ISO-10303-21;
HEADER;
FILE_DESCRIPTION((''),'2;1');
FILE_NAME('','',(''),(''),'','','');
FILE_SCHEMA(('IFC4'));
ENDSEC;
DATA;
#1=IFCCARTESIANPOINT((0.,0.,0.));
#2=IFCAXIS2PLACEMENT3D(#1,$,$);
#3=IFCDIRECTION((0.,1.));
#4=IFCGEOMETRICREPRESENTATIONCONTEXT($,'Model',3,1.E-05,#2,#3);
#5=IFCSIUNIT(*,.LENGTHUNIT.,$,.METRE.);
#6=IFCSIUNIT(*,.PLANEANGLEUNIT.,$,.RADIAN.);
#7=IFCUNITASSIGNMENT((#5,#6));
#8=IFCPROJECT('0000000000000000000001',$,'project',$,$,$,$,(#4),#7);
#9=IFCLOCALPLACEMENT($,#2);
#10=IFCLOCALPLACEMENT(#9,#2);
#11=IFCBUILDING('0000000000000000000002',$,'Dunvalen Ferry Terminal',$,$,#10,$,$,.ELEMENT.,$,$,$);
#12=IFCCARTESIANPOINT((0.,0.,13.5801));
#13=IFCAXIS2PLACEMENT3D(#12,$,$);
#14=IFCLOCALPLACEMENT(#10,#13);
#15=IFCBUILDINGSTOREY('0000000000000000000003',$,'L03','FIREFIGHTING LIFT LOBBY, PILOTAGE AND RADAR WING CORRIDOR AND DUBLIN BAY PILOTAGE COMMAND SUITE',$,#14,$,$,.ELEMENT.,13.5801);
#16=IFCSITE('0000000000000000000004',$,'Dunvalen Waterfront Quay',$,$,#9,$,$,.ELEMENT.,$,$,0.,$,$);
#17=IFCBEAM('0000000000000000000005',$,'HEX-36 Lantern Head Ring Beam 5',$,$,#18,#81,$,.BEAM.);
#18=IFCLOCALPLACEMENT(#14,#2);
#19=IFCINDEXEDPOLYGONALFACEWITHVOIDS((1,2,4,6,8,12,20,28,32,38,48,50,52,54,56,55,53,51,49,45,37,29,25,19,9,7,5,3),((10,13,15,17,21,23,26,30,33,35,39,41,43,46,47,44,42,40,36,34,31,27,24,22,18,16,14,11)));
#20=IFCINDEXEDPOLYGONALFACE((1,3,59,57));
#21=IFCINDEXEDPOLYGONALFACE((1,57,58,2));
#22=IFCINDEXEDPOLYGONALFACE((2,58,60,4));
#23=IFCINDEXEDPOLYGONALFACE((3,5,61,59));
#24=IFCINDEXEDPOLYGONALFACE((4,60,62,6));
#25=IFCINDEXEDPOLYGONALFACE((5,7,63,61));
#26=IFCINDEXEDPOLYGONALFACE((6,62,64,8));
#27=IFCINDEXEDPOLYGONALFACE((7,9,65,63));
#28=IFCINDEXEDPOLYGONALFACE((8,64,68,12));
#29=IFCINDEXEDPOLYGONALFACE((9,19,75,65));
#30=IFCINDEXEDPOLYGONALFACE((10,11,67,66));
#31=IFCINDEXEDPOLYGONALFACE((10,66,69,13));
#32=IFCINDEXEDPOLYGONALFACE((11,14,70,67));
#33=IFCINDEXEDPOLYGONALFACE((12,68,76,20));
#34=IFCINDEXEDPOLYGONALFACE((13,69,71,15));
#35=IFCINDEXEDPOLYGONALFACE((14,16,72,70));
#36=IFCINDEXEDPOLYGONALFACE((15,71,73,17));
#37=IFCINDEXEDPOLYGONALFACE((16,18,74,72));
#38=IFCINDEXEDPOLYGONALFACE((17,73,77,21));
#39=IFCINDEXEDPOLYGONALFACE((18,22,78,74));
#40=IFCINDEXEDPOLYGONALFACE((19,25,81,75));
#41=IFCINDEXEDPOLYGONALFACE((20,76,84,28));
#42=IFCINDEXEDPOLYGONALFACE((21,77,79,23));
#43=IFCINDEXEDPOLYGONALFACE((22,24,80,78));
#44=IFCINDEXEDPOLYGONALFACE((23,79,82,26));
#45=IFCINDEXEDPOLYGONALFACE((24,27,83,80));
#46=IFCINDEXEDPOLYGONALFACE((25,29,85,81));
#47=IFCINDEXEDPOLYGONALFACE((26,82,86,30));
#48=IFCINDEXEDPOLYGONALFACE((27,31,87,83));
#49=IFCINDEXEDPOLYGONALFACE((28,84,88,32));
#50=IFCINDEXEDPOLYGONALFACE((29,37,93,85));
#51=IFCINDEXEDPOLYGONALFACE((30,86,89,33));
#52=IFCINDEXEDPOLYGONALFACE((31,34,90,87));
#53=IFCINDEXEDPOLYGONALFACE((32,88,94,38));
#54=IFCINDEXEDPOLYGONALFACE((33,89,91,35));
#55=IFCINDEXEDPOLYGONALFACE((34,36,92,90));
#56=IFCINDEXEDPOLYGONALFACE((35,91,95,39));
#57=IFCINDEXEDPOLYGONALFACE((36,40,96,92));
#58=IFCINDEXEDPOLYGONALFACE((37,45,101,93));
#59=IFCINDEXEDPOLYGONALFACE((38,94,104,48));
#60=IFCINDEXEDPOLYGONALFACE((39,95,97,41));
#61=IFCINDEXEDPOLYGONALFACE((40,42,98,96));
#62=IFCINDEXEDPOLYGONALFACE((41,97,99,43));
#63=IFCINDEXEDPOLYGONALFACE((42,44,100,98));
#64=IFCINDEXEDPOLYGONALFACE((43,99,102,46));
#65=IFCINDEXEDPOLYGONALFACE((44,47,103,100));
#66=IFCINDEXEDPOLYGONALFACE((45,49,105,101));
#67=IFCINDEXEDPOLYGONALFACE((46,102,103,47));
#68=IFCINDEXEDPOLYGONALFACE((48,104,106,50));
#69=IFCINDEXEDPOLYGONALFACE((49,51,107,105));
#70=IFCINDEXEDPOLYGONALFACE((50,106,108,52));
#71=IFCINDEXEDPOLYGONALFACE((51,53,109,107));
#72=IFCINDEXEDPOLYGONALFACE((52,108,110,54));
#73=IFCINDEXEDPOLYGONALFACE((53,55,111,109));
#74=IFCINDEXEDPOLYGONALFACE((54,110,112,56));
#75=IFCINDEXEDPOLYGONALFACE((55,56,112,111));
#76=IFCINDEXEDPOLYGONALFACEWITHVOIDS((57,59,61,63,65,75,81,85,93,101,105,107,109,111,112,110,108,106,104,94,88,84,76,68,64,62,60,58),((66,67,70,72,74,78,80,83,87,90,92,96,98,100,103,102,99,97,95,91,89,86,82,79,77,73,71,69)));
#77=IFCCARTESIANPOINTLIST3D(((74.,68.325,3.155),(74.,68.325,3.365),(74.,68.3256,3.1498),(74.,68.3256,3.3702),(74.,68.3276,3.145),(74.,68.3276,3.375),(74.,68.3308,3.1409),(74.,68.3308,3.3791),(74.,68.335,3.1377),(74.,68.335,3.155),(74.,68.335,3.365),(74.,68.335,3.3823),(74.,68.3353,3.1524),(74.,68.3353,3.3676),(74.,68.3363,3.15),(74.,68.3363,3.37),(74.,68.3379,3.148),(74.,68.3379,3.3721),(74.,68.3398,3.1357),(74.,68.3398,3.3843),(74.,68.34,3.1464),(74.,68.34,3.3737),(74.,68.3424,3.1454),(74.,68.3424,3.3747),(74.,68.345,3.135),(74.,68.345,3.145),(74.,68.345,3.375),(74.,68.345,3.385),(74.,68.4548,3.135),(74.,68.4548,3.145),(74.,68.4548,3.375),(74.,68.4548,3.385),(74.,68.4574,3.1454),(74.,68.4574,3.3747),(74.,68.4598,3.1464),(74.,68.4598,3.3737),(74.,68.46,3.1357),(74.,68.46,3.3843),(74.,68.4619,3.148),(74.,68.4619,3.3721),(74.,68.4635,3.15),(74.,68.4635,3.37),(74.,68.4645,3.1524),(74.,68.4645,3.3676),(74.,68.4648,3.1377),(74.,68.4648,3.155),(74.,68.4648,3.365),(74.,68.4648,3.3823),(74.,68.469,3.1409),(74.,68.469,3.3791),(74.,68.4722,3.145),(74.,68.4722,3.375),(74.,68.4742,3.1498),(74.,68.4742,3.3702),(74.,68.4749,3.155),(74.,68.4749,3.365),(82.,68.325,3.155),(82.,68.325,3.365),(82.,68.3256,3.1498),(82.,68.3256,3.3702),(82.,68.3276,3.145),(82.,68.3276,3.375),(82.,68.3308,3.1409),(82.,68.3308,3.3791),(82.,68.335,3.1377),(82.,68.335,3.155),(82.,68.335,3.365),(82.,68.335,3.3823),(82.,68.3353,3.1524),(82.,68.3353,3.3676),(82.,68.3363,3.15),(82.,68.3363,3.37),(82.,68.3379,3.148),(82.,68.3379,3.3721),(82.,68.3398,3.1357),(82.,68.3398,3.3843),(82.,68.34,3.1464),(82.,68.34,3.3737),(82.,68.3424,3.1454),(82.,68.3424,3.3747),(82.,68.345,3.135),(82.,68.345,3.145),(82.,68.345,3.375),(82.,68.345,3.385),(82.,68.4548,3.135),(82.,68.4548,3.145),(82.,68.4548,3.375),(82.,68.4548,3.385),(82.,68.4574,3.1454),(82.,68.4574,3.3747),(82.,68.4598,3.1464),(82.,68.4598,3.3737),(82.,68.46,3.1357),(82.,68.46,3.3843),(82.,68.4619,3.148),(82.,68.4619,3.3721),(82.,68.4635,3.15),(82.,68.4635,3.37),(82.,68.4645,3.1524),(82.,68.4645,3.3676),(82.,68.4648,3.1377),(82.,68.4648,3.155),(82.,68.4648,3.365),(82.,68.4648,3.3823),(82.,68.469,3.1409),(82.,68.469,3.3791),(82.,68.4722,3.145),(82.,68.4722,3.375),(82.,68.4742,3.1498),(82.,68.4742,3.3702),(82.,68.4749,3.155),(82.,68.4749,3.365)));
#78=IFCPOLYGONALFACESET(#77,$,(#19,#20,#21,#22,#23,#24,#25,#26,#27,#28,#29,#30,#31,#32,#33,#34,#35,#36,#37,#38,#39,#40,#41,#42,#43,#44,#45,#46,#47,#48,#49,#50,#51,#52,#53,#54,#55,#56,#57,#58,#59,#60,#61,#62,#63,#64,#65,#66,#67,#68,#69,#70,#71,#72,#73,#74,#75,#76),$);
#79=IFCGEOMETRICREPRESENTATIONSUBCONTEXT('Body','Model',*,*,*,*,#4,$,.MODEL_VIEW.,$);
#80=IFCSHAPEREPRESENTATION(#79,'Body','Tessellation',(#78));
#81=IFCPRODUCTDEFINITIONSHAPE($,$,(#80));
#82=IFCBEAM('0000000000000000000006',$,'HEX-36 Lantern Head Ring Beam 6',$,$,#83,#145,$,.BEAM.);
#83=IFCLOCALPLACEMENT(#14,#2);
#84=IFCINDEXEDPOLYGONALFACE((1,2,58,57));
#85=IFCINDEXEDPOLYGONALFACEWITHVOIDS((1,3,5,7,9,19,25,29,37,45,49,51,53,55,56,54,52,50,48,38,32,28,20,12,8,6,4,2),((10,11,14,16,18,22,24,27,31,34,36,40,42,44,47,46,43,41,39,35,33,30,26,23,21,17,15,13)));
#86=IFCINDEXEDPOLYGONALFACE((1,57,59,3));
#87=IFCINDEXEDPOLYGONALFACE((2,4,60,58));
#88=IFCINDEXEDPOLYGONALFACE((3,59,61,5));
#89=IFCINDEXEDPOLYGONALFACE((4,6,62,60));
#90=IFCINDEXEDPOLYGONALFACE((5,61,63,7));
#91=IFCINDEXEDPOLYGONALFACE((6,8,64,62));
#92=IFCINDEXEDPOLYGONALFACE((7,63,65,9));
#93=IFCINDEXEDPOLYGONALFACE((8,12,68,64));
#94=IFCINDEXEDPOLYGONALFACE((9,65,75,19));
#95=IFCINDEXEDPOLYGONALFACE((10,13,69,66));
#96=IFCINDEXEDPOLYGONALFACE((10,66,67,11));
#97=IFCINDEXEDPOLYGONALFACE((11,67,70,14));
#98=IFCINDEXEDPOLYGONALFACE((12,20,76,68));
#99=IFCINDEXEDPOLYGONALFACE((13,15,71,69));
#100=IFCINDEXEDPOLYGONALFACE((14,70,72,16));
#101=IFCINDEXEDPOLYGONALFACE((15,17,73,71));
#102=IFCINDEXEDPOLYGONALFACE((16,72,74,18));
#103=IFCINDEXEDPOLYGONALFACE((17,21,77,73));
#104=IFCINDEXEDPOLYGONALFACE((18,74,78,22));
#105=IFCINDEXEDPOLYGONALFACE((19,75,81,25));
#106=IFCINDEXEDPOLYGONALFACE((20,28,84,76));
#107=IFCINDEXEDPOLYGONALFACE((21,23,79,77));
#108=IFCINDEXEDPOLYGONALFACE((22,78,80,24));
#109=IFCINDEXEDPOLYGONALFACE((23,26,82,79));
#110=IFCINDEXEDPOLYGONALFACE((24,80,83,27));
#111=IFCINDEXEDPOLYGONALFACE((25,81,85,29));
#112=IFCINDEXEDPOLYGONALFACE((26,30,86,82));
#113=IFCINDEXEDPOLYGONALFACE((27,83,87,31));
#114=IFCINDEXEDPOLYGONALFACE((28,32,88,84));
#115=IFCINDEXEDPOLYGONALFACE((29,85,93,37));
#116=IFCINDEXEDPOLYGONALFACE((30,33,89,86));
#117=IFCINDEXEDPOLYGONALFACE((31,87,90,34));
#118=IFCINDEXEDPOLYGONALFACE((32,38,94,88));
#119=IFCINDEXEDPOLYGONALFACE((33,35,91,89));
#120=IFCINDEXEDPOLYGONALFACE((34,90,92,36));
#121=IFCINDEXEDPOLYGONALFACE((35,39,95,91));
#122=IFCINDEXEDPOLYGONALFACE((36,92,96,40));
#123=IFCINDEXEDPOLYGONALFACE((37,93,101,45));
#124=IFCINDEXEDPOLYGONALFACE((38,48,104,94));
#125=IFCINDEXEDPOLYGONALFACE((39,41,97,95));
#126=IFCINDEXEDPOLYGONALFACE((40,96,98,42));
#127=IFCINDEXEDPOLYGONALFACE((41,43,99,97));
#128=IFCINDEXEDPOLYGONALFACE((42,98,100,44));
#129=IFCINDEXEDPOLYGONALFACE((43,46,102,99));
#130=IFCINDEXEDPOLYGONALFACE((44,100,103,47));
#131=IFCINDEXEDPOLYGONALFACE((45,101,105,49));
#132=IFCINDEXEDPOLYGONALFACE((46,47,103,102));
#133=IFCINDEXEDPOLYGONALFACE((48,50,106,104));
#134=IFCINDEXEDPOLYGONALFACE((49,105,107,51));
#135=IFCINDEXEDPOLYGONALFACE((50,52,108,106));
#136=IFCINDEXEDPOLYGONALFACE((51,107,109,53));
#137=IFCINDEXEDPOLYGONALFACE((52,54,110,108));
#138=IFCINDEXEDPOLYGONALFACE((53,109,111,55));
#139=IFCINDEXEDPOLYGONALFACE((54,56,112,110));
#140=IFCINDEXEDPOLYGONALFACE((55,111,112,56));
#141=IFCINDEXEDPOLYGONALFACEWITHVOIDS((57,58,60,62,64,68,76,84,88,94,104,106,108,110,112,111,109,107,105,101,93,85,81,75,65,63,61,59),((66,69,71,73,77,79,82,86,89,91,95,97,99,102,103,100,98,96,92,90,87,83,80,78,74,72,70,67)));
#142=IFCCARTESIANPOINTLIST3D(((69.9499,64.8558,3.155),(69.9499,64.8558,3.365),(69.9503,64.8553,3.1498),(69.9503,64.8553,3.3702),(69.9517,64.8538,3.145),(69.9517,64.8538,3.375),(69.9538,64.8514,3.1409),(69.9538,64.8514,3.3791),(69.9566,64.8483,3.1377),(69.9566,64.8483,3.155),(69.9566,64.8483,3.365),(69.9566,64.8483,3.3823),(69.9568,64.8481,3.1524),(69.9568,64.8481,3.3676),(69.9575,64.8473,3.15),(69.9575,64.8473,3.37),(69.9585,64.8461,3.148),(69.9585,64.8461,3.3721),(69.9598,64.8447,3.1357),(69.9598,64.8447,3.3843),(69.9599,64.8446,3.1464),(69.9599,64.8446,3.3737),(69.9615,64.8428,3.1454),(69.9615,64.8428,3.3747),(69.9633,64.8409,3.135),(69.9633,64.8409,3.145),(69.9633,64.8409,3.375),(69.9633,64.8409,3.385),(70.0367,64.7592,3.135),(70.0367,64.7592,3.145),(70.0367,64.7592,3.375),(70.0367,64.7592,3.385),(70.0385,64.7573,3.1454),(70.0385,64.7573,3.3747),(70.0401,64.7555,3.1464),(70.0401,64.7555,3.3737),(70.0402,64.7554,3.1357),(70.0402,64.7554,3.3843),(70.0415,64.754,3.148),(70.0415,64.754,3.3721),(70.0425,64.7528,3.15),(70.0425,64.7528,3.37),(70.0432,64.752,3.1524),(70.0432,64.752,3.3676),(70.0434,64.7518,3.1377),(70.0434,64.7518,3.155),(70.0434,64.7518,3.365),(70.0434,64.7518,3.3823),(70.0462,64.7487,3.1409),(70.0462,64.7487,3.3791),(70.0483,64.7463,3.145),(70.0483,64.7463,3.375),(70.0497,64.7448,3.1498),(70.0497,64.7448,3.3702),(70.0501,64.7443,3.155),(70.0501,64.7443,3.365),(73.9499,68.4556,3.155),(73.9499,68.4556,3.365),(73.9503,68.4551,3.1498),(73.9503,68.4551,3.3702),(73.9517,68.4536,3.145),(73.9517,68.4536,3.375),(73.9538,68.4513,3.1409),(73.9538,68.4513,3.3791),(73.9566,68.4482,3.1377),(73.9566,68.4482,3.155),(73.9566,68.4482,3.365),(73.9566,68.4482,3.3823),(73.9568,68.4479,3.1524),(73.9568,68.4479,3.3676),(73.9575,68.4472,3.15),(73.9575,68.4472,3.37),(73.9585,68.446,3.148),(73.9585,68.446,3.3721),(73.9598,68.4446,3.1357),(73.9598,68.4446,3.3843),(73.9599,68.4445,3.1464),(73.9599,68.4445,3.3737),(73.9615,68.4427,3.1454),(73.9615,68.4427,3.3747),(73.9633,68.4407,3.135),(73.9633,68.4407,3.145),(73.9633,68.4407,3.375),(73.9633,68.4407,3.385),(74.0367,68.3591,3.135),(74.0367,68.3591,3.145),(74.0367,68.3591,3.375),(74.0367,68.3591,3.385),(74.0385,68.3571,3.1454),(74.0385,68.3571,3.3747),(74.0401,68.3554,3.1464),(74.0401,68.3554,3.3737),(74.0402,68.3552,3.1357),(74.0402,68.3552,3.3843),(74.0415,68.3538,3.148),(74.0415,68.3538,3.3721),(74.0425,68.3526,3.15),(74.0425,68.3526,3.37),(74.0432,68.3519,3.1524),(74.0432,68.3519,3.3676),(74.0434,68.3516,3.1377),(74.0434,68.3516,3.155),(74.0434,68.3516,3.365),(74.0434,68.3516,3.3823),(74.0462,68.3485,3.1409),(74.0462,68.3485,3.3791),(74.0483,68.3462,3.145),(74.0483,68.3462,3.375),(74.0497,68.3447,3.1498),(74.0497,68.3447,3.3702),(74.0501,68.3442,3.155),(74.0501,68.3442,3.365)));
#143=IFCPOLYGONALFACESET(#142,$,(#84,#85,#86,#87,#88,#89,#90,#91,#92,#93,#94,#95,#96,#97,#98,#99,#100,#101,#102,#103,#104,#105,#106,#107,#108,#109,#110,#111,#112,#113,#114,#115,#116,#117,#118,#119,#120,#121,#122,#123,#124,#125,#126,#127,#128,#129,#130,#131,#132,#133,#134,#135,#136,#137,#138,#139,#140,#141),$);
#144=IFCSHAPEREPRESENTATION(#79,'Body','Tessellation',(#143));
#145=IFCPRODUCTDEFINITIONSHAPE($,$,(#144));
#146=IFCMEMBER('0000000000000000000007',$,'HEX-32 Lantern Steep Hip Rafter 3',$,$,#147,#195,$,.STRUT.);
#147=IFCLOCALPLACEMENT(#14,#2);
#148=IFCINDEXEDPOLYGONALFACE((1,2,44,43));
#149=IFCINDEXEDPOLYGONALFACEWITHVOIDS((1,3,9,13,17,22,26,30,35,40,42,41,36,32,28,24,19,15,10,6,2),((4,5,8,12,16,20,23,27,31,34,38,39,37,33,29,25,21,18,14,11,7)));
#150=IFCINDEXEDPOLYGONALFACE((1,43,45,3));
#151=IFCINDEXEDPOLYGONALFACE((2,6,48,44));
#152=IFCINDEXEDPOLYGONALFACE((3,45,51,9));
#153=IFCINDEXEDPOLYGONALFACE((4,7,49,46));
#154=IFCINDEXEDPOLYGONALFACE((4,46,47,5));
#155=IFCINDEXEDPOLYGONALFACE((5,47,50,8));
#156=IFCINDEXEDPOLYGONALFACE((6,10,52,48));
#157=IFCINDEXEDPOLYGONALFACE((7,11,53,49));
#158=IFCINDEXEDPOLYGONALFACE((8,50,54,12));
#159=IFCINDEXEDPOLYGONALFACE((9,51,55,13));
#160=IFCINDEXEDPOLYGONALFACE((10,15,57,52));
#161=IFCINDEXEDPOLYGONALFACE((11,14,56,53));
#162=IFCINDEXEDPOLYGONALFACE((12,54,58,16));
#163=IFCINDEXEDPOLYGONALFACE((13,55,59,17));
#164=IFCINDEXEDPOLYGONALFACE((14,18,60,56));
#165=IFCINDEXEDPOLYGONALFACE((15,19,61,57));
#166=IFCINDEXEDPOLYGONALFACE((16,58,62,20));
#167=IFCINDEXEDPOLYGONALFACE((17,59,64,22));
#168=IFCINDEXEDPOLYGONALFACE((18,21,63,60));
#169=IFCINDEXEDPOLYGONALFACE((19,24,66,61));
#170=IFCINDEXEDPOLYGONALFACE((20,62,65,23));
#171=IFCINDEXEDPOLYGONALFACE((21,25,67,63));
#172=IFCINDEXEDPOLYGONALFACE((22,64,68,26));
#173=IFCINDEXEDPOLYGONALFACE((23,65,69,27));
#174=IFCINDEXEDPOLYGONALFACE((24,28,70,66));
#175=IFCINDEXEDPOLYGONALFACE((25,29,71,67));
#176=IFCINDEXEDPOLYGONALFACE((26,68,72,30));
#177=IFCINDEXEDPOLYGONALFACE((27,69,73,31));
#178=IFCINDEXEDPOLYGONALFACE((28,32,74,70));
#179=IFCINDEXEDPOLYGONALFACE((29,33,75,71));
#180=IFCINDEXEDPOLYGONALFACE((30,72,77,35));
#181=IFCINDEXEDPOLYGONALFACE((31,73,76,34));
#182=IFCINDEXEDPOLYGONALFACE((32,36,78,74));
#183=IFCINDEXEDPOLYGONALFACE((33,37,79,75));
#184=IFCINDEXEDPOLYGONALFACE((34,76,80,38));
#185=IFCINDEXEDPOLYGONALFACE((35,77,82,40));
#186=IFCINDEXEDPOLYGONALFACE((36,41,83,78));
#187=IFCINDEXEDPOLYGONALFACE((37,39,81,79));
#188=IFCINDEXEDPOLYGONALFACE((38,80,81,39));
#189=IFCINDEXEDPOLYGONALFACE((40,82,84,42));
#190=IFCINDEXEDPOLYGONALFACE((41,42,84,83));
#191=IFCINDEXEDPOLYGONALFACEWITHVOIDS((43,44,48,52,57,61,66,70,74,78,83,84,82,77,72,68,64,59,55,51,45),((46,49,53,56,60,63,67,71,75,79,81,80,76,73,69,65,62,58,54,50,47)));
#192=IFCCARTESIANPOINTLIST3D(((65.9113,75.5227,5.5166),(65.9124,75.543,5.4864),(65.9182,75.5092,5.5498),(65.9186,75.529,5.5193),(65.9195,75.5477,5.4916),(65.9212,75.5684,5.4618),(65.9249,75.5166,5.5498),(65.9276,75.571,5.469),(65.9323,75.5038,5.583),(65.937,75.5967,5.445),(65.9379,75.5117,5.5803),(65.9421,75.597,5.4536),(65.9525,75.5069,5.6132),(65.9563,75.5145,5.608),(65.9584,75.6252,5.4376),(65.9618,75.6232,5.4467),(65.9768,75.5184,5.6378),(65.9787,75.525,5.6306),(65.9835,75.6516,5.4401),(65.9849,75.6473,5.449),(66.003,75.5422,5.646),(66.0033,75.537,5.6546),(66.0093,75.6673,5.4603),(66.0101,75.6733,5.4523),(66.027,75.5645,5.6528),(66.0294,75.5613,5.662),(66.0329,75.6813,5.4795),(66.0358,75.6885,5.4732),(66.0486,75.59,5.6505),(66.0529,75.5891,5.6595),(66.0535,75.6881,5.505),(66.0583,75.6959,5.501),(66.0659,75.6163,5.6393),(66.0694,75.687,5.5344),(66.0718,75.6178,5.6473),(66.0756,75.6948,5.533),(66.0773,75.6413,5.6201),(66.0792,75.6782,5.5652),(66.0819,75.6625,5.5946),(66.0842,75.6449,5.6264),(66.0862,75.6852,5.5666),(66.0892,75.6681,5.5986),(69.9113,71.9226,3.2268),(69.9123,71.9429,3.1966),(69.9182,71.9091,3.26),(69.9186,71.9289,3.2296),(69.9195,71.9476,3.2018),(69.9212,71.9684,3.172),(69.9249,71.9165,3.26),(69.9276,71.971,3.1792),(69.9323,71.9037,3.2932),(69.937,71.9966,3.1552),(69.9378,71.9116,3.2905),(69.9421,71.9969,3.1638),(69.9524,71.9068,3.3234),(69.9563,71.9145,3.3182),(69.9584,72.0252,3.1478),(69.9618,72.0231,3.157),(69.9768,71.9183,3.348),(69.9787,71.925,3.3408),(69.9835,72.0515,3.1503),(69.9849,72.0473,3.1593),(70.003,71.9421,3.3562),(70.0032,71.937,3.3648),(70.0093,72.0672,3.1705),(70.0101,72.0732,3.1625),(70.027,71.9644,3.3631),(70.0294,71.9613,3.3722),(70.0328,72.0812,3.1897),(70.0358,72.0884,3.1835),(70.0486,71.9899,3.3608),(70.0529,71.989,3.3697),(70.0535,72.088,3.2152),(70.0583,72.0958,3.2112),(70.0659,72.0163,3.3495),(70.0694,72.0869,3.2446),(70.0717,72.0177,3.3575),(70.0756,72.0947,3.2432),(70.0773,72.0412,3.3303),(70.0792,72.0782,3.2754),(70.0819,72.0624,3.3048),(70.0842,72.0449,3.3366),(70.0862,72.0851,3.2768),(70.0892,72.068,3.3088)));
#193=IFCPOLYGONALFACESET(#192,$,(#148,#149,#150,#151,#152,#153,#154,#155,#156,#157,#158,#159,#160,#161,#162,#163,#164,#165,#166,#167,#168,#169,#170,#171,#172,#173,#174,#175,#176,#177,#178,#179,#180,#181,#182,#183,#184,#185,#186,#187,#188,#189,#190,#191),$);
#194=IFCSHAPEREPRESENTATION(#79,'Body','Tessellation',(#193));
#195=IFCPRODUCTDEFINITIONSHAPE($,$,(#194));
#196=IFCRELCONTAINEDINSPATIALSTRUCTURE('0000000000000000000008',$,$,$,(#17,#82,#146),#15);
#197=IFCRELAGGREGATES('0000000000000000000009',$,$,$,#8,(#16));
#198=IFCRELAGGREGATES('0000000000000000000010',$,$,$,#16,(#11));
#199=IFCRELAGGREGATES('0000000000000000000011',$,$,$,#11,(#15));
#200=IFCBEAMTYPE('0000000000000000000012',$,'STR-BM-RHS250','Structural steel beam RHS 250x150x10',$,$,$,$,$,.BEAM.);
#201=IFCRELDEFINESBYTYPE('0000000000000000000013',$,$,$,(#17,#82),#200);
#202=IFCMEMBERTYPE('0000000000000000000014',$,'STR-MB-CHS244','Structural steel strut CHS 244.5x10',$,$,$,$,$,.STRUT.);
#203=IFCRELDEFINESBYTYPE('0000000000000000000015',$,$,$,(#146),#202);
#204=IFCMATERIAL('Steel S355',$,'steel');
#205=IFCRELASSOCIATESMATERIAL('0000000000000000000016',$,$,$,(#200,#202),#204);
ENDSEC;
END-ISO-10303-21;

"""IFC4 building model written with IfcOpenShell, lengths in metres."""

from ifc_helpers import new_model, si_unit, direction, frame, origin, origin_2d, place, context, subcontext, project, spatial, hollow_rectangle, hollow_circle, extrude, material, material_profile, profile_set, type_object, element, save


model = new_model("IFC4")

# Units and contexts
model_context = context("Model", 3, precision=1e-05, world=origin(), true_north=direction((0.0, 1.0)))
body_context = subcontext(model_context, "Body", "Model", "MODEL_VIEW")
ifc_project = project(units=[si_unit("LENGTHUNIT", "METRE"), si_unit("PLANEANGLEUNIT", "RADIAN")], contexts=[model_context])

# Site, building, storey
site_placement = place(None, origin())
site = spatial("IfcSite", under=ifc_project, at=site_placement, Name="Dunvalen Waterfront Quay", CompositionType="ELEMENT", RefElevation=0.0)
building_placement = place(site_placement, origin())
building = spatial("IfcBuilding", under=site, at=building_placement, Name="Dunvalen Ferry Terminal", CompositionType="ELEMENT")
storey_placement = place(building_placement, frame((0.0, 0.0, 13.5801)))
storey = spatial("IfcBuildingStorey", under=building, at=storey_placement, Name="L03", Description="FIREFIGHTING LIFT LOBBY, PILOTAGE AND RADAR WING CORRIDOR AND DUBLIN BAY PILOTAGE COMMAND SUITE", CompositionType="ELEMENT", Elevation=13.5801)

# Beams
ifc_material_1 = material(Name="Steel S355", Category="steel")
ifc_material_profile_1 = material_profile(ifc_material_1, hollow_rectangle(XDim=0.1499, YDim=0.25, WallThickness=0.01, InnerFilletRadius=0.01, OuterFilletRadius=0.02, at=origin_2d()), Name="Steel S355")
ifc_profile_set_1 = profile_set([ifc_material_profile_1], Name="Steel S355")
beam_type = type_object("IfcBeamType", Name="STR-BM-RHS250", Description="Structural steel beam RHS 250x150x10", PredefinedType="BEAM", material=ifc_profile_set_1)
beam_1_placement = place(storey_placement, frame((82.0, 68.3999, 3.26), z_axis=(-1.0, 0.0, 0.0), x_axis=(0.0, -1.0, 0.0)))
element("IfcBeam", 1, at=beam_1_placement, inside=storey, type_object=beam_type, Name="HEX-36 Lantern Head Ring Beam 5", PredefinedType="BEAM", context=body_context, shape_type="SweptSolid", body=[
    extrude(hollow_rectangle(XDim=0.1499, YDim=0.25, WallThickness=0.01, InnerFilletRadius=0.01, OuterFilletRadius=0.02, at=origin_2d()), origin(), (0.0, 0.0, 1.0), 8.0),
])
beam_2_placement = place(storey_placement, frame((74.0, 68.3999, 3.26), z_axis=(-0.743308, -0.66895, 0.0), x_axis=(0.66895, -0.743308, 0.0)))
element("IfcBeam", 2, at=beam_2_placement, inside=storey, type_object=beam_type, Name="HEX-36 Lantern Head Ring Beam 6", PredefinedType="BEAM", context=body_context, shape_type="SweptSolid", body=[
    extrude(hollow_rectangle(XDim=0.1499, YDim=0.25, WallThickness=0.01, InnerFilletRadius=0.01, OuterFilletRadius=0.02, at=origin_2d()), origin(), (0.0, 0.0, 1.0), 5.3813),
])

# Member
ifc_material_profile_2 = material_profile(ifc_material_1, hollow_circle(Radius=0.1223, WallThickness=0.01, at=origin_2d()), Name="Steel S355")
ifc_profile_set_2 = profile_set([ifc_material_profile_2], Name="Steel S355")
member_type = type_object("IfcMemberType", Name="STR-MB-CHS244", Description="Structural steel strut CHS 244.5x10", PredefinedType="STRUT", material=ifc_profile_set_2)
member_1_placement = place(storey_placement, frame((70.0, 72.0, 3.26), z_axis=(-0.683947, 0.615569, 0.391525), x_axis=(-0.668975, -0.743285, 0.0)))
element("IfcMember", 3, at=member_1_placement, inside=storey, type_object=member_type, Name="HEX-32 Lantern Steep Hip Rafter 3", PredefinedType="STRUT", context=body_context, shape_type="SweptSolid", body=[
    extrude(hollow_circle(Radius=0.1223, WallThickness=0.01, at=origin_2d()), origin(), (0.0, 0.0, 1.0), 5.8484),
])

save(model, "model.ifc")
